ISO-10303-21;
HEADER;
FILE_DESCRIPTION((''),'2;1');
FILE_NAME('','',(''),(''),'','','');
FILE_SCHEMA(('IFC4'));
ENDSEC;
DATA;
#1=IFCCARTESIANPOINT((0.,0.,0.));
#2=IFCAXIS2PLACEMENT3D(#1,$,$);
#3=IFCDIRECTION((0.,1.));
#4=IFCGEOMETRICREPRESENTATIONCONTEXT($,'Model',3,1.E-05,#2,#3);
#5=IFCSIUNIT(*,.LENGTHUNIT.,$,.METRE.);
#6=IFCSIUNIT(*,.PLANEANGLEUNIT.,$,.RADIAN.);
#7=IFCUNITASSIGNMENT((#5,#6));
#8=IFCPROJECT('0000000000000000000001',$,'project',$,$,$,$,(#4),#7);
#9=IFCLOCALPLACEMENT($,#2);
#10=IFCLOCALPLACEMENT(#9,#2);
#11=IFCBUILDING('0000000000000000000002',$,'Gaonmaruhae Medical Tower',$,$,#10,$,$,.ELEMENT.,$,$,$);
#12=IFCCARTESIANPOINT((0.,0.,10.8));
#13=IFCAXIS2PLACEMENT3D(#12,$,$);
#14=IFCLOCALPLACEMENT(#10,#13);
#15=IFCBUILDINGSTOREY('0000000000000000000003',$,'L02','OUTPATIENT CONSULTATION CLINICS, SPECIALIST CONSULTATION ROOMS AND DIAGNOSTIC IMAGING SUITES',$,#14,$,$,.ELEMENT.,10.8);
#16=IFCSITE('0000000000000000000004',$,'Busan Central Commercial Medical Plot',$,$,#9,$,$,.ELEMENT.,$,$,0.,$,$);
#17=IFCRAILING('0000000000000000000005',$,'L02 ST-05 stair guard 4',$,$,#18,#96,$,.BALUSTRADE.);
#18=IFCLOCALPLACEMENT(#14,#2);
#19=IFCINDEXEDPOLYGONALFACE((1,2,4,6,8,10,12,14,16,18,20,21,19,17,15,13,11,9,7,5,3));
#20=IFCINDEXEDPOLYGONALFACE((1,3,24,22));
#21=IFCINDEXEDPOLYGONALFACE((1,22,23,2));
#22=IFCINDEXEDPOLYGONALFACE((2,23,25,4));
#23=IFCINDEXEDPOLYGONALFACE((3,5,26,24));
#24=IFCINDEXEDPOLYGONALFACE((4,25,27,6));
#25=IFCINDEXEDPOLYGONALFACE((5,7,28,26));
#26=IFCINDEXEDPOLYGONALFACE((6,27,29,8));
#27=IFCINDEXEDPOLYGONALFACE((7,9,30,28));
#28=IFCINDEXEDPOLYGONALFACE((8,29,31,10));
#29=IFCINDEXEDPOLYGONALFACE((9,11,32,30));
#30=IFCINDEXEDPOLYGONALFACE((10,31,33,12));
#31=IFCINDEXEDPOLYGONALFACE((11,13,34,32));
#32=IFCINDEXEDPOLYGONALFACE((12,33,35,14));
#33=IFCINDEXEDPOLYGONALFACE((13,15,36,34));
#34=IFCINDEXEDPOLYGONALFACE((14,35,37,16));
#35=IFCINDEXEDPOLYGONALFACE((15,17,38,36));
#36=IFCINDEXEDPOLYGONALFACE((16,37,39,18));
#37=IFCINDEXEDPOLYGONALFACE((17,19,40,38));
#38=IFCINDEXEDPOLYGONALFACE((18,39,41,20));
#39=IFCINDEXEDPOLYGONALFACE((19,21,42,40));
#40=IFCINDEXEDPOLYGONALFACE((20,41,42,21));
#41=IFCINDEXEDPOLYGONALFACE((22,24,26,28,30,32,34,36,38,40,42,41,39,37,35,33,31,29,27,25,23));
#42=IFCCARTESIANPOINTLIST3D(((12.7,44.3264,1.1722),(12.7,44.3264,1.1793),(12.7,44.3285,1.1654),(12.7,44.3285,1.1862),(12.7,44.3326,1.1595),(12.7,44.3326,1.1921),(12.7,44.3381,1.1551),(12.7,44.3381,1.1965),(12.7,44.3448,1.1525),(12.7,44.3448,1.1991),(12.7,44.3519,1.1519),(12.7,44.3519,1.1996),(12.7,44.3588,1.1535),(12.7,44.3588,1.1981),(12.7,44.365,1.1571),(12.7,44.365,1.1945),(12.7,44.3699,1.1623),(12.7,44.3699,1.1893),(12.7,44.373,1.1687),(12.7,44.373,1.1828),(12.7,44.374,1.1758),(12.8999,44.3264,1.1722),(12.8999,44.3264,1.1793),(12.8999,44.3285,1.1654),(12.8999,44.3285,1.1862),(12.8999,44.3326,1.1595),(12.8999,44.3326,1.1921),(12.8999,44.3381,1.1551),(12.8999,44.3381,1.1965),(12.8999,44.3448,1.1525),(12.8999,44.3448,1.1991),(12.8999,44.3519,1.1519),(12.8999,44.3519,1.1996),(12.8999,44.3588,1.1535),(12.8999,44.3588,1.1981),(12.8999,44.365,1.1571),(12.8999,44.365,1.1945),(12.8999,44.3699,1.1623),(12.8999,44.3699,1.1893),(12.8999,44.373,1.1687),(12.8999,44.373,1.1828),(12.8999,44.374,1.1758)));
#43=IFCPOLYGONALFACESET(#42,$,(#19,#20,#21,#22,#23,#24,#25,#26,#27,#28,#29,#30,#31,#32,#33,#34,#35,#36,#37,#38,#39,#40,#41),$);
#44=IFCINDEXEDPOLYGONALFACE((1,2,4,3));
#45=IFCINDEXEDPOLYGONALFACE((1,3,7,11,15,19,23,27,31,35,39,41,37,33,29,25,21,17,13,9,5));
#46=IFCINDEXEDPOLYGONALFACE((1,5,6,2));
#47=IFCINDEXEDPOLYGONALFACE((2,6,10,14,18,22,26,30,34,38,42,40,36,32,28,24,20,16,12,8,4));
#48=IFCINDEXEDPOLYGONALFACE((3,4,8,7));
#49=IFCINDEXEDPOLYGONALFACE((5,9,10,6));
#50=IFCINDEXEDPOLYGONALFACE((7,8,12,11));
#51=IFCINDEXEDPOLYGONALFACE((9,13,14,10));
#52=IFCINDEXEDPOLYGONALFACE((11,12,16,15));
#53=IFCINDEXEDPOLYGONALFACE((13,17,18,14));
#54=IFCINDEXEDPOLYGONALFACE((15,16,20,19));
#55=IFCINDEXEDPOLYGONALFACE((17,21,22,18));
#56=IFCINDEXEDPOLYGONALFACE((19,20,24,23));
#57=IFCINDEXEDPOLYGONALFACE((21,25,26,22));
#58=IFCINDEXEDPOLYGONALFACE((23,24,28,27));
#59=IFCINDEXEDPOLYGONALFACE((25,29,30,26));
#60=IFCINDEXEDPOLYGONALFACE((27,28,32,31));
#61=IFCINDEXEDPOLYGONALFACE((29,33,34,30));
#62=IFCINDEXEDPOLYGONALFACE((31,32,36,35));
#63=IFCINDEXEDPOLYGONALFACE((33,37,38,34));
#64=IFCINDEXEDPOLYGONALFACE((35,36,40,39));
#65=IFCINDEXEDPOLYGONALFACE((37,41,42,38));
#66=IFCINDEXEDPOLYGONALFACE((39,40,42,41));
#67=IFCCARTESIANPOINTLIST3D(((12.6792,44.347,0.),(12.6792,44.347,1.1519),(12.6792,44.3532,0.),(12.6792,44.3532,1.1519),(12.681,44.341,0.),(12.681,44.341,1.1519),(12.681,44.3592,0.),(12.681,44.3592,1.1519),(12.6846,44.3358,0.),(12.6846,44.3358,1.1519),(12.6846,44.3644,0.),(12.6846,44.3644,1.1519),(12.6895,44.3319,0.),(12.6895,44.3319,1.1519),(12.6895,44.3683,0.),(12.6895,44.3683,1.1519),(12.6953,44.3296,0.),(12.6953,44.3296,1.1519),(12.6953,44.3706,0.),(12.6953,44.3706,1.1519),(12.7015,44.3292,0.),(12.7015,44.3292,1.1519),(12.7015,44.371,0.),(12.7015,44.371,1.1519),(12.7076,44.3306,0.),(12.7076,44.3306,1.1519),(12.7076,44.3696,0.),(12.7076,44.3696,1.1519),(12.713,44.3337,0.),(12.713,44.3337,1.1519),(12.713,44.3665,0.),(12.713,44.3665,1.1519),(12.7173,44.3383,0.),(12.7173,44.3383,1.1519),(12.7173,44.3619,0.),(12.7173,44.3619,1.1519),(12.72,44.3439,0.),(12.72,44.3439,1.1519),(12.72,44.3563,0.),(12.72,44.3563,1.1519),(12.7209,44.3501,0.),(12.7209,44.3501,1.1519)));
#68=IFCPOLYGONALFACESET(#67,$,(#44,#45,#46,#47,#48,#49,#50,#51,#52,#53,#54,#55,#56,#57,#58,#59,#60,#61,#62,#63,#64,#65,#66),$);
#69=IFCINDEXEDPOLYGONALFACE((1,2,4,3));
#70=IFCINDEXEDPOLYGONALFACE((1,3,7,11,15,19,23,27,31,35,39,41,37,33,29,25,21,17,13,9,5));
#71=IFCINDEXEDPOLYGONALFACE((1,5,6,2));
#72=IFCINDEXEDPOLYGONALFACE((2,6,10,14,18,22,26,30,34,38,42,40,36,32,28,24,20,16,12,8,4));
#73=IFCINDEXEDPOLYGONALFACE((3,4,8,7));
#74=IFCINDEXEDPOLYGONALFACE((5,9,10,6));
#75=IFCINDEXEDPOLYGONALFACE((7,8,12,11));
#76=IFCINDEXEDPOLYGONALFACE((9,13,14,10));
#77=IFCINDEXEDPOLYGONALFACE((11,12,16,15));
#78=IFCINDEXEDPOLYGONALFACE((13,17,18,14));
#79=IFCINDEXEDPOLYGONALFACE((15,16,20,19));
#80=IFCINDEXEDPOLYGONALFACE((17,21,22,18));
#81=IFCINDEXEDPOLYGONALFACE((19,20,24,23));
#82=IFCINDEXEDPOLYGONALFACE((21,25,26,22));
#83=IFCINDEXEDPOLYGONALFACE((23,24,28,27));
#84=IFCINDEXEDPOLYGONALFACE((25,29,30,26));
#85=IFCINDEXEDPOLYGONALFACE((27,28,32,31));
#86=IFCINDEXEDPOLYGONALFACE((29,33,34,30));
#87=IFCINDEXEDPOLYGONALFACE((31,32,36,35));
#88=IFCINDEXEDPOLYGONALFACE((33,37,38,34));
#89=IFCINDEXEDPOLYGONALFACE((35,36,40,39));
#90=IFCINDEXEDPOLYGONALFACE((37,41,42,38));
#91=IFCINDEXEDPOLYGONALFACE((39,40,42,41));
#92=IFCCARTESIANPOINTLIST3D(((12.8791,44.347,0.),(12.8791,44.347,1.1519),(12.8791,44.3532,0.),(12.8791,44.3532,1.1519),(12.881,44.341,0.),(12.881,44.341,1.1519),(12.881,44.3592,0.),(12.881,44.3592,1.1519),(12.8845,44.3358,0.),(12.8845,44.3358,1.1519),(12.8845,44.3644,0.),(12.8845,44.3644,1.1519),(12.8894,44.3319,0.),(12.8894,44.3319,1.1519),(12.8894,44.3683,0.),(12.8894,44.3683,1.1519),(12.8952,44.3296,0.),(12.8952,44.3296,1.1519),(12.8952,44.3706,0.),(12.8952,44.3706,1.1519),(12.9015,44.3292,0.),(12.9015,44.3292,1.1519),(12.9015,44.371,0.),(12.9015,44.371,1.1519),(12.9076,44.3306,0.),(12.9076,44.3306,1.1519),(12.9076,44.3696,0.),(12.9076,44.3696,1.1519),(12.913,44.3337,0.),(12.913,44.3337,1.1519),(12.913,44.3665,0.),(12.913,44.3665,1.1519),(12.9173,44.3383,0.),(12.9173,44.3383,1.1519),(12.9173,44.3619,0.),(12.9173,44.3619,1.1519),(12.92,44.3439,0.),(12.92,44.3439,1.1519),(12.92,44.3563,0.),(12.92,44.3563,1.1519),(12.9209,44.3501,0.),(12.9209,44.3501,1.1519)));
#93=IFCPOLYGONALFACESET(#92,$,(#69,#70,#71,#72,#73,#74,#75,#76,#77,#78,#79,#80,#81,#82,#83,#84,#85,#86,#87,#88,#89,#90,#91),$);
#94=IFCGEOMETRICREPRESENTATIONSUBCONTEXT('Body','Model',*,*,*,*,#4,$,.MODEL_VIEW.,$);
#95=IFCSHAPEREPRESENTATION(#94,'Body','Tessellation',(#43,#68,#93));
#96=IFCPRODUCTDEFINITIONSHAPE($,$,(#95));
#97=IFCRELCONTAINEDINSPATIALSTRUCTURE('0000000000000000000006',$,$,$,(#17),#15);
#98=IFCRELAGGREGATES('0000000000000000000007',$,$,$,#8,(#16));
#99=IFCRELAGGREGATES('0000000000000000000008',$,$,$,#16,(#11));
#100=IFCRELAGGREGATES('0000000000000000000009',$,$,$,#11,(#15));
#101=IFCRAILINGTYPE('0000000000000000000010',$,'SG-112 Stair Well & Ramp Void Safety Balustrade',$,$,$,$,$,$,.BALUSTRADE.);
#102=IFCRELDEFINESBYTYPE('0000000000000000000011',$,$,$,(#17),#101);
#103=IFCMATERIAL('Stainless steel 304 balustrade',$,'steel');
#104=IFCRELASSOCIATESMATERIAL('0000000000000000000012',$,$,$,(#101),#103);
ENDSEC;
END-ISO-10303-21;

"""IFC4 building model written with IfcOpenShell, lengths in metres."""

from ifc_helpers import new_model, si_unit, direction, frame, origin, origin_2d, place, context, subcontext, project, spatial, circle, extrude, material, type_object, element, save


model = new_model("IFC4")

# Units and contexts
model_context = context("Model", 3, precision=1e-05, world=origin(), true_north=direction((0.0, 1.0)))
body_context = subcontext(model_context, "Body", "Model", "MODEL_VIEW")
ifc_project = project(units=[si_unit("LENGTHUNIT", "METRE"), si_unit("PLANEANGLEUNIT", "RADIAN")], contexts=[model_context])

# Site, building, storey
site_placement = place(None, origin())
site = spatial("IfcSite", under=ifc_project, at=site_placement, Name="Busan Central Commercial Medical Plot", CompositionType="ELEMENT", RefElevation=0.0)
building_placement = place(site_placement, origin())
building = spatial("IfcBuilding", under=site, at=building_placement, Name="Gaonmaruhae Medical Tower", CompositionType="ELEMENT")
storey_placement = place(building_placement, frame((0.0, 0.0, 10.8)))
storey = spatial("IfcBuildingStorey", under=building, at=storey_placement, Name="L02", Description="OUTPATIENT CONSULTATION CLINICS, SPECIALIST CONSULTATION ROOMS AND DIAGNOSTIC IMAGING SUITES", CompositionType="ELEMENT", Elevation=10.8)

# Railing
ifc_material_1 = material(Name="Stainless steel 304 balustrade", Category="steel")
railing_type_1 = type_object("IfcRailingType", Name="SG-112 Stair Well & Ramp Void Safety Balustrade", PredefinedType="BALUSTRADE", material=ifc_material_1)
railing_1_placement = place(storey_placement, frame((12.7, 44.3501, 0.0)))
element("IfcRailing", 1, at=railing_1_placement, inside=storey, type_object=railing_type_1, Name="L02 ST-05 stair guard 4", PredefinedType="BALUSTRADE", context=body_context, shape_type="SweptSolid", body=[
    extrude(circle(Radius=0.0239, at=origin_2d()), frame((0.0, 0.0, 1.1758), z_axis=(1.0, 0.0, 0.0), x_axis=(0.0, 1.0, 0.0)), (0.0, 0.0, 1.0), 0.2),
    extrude(circle(Radius=0.021, at=origin_2d()), origin(), (0.0, 0.0, 1.0), 1.1519),
    extrude(circle(Radius=0.021, at=origin_2d()), frame((0.2, 0.0, 0.0)), (0.0, 0.0, 1.0), 1.1519),
])

save(model, "model.ifc")
